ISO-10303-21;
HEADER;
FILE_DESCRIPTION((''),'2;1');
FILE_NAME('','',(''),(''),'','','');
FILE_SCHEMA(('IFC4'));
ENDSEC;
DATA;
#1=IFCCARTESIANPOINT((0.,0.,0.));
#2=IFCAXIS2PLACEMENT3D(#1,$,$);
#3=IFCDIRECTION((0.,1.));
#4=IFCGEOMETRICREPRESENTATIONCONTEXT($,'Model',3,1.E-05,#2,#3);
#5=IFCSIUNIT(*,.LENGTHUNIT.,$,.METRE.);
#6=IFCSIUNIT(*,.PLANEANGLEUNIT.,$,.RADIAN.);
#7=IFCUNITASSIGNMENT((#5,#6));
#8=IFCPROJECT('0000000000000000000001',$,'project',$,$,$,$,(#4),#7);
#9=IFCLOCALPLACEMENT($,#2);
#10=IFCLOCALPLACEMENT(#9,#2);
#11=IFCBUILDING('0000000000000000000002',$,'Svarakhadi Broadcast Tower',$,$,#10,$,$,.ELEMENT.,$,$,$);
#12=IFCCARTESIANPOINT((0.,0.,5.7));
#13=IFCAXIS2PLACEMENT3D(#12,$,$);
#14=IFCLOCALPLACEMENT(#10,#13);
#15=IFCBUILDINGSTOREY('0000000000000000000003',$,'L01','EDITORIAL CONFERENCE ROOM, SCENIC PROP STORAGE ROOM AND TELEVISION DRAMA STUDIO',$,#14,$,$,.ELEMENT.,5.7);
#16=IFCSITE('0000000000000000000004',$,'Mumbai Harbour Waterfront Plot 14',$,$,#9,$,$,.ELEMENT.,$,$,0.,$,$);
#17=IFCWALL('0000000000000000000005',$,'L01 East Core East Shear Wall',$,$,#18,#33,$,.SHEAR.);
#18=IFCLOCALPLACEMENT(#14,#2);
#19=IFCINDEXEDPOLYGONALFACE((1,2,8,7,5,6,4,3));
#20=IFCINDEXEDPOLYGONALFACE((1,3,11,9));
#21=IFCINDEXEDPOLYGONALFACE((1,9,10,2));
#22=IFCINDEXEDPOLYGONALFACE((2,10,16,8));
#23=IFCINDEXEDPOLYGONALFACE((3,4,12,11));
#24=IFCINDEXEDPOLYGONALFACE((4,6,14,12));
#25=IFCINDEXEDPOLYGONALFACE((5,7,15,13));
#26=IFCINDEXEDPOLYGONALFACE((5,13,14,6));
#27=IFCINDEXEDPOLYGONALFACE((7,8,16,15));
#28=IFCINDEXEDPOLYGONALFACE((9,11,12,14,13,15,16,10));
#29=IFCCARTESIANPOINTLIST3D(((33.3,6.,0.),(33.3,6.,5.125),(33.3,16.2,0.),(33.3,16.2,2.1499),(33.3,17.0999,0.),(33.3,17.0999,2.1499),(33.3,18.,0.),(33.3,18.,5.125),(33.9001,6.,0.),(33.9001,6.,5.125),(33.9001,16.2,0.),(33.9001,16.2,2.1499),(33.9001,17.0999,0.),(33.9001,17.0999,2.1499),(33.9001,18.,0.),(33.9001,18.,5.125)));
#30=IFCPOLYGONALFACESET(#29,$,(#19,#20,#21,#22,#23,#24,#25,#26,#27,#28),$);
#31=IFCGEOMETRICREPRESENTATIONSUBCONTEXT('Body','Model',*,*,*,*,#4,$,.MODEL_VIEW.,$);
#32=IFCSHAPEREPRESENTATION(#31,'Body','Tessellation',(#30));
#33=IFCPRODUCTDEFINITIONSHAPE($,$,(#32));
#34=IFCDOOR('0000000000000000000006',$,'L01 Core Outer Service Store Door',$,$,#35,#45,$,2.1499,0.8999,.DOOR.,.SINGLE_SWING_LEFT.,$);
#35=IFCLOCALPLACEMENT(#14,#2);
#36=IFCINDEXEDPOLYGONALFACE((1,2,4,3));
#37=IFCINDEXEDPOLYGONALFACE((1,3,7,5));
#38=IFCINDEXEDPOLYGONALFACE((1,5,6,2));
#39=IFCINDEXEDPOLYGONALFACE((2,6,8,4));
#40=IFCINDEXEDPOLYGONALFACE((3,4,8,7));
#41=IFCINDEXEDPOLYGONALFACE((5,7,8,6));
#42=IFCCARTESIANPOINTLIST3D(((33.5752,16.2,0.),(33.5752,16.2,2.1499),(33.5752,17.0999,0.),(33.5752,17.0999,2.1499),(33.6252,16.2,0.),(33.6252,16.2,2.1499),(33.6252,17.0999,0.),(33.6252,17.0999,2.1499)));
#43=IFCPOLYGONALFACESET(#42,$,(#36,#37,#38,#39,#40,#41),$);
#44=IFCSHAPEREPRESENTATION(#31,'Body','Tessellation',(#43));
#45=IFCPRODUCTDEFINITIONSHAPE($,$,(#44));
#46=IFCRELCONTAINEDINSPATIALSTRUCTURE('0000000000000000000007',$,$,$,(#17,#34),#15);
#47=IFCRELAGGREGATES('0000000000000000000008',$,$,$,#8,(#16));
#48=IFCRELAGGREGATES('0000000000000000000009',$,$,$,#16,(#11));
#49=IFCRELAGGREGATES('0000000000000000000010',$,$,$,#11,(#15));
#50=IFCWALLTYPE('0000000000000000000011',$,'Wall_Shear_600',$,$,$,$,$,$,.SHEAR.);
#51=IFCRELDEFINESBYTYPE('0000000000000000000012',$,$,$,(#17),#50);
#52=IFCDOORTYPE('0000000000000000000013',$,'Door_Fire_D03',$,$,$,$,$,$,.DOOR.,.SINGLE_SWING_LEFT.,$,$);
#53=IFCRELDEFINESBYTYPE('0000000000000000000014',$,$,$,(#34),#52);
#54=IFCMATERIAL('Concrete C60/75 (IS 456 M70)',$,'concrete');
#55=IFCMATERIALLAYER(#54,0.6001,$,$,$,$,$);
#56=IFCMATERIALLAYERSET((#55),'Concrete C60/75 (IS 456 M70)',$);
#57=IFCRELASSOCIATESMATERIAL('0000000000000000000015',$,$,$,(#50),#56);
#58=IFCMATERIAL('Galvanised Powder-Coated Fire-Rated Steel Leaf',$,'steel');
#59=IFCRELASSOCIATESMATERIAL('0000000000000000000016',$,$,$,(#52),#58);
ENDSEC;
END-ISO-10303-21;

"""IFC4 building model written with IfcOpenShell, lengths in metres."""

from ifc_helpers import new_model, si_unit, direction, frame, frame_2d, origin, place, context, subcontext, project, spatial, rectangle, extrude, material, layer, layer_set, type_object, element, fill, save


model = new_model("IFC4")

# Units and contexts
model_context = context("Model", 3, precision=1e-05, world=origin(), true_north=direction((0.0, 1.0)))
body_context = subcontext(model_context, "Body", "Model", "MODEL_VIEW")
ifc_project = project(units=[si_unit("LENGTHUNIT", "METRE"), si_unit("PLANEANGLEUNIT", "RADIAN")], contexts=[model_context])

# Site, building, storey
site_placement = place(None, origin())
site = spatial("IfcSite", under=ifc_project, at=site_placement, Name="Mumbai Harbour Waterfront Plot 14", CompositionType="ELEMENT", RefElevation=0.0)
building_placement = place(site_placement, origin())
building = spatial("IfcBuilding", under=site, at=building_placement, Name="Svarakhadi Broadcast Tower", CompositionType="ELEMENT")
storey_placement = place(building_placement, frame((0.0, 0.0, 5.7)))
storey = spatial("IfcBuildingStorey", under=building, at=storey_placement, Name="L01", Description="EDITORIAL CONFERENCE ROOM, SCENIC PROP STORAGE ROOM AND TELEVISION DRAMA STUDIO", CompositionType="ELEMENT", Elevation=5.7)

# Shared definitions
ifc_material_1 = material(Name="Concrete C60/75 (IS 456 M70)", Category="concrete")

# Shared definitions
ifc_material_2 = material(Name="Galvanised Powder-Coated Fire-Rated Steel Leaf", Category="steel")

# Wall, opening, door
ifc_layer_1 = layer(ifc_material_1, 0.6001)
ifc_layer_set_1 = layer_set([ifc_layer_1], Name="Concrete C60/75 (IS 456 M70)")
wall_type_1 = type_object("IfcWallType", Name="Wall_Shear_600", PredefinedType="SHEAR", material=ifc_layer_set_1)
wall_1_placement = place(storey_placement, frame((33.6001, 6.0, 0.0), z_axis=(0.0, 0.0, 1.0), x_axis=(0.0, 1.0, 0.0)))
wall_1 = element("IfcWall", 1, at=wall_1_placement, inside=storey, type_object=wall_type_1, Name="L01 East Core East Shear Wall", PredefinedType="SHEAR", context=body_context, shape_type="SweptSolid", body=[
    extrude(rectangle(XDim=12.0, YDim=0.6001, at=frame_2d((6.0, 0.0))), origin(), (0.0, 0.0, 1.0), 5.125),
])
opening_1_placement = place(wall_1_placement, frame((10.2, 0.0, 0.0)))
opening_1 = element("IfcOpeningElement", 2, at=opening_1_placement, cuts=wall_1, PredefinedType="OPENING", context=body_context, shape_type="SweptSolid", body=[
    extrude(rectangle(XDim=0.8999, YDim=2.1499, at=frame_2d((0.45, 1.075))), frame((0.0, 0.3101, 0.0), z_axis=(0.0, -1.0, 0.0), x_axis=(1.0, 0.0, 0.0)), (0.0, 0.0, 1.0), 0.6201),
])
door_type_1 = type_object("IfcDoorType", Name="Door_Fire_D03", OperationType="SINGLE_SWING_LEFT", PredefinedType="DOOR", material=ifc_material_2)
door_1_placement = place(opening_1_placement, origin())
door_1 = element("IfcDoor", 3, at=door_1_placement, inside=storey, type_object=door_type_1, Name="L01 Core Outer Service Store Door", OperationType="SINGLE_SWING_LEFT", OverallHeight=2.1499, OverallWidth=0.8999, PredefinedType="DOOR", context=body_context, shape_type="SweptSolid", body=[
    extrude(rectangle(XDim=0.8999, YDim=2.1499, at=frame_2d((0.45, 1.075))), frame((0.0, 0.0249, 0.0), z_axis=(0.0, -1.0, 0.0), x_axis=(1.0, 0.0, 0.0)), (0.0, 0.0, 1.0), 0.05),
])
fill(opening_1, door_1)

save(model, "model.ifc")
